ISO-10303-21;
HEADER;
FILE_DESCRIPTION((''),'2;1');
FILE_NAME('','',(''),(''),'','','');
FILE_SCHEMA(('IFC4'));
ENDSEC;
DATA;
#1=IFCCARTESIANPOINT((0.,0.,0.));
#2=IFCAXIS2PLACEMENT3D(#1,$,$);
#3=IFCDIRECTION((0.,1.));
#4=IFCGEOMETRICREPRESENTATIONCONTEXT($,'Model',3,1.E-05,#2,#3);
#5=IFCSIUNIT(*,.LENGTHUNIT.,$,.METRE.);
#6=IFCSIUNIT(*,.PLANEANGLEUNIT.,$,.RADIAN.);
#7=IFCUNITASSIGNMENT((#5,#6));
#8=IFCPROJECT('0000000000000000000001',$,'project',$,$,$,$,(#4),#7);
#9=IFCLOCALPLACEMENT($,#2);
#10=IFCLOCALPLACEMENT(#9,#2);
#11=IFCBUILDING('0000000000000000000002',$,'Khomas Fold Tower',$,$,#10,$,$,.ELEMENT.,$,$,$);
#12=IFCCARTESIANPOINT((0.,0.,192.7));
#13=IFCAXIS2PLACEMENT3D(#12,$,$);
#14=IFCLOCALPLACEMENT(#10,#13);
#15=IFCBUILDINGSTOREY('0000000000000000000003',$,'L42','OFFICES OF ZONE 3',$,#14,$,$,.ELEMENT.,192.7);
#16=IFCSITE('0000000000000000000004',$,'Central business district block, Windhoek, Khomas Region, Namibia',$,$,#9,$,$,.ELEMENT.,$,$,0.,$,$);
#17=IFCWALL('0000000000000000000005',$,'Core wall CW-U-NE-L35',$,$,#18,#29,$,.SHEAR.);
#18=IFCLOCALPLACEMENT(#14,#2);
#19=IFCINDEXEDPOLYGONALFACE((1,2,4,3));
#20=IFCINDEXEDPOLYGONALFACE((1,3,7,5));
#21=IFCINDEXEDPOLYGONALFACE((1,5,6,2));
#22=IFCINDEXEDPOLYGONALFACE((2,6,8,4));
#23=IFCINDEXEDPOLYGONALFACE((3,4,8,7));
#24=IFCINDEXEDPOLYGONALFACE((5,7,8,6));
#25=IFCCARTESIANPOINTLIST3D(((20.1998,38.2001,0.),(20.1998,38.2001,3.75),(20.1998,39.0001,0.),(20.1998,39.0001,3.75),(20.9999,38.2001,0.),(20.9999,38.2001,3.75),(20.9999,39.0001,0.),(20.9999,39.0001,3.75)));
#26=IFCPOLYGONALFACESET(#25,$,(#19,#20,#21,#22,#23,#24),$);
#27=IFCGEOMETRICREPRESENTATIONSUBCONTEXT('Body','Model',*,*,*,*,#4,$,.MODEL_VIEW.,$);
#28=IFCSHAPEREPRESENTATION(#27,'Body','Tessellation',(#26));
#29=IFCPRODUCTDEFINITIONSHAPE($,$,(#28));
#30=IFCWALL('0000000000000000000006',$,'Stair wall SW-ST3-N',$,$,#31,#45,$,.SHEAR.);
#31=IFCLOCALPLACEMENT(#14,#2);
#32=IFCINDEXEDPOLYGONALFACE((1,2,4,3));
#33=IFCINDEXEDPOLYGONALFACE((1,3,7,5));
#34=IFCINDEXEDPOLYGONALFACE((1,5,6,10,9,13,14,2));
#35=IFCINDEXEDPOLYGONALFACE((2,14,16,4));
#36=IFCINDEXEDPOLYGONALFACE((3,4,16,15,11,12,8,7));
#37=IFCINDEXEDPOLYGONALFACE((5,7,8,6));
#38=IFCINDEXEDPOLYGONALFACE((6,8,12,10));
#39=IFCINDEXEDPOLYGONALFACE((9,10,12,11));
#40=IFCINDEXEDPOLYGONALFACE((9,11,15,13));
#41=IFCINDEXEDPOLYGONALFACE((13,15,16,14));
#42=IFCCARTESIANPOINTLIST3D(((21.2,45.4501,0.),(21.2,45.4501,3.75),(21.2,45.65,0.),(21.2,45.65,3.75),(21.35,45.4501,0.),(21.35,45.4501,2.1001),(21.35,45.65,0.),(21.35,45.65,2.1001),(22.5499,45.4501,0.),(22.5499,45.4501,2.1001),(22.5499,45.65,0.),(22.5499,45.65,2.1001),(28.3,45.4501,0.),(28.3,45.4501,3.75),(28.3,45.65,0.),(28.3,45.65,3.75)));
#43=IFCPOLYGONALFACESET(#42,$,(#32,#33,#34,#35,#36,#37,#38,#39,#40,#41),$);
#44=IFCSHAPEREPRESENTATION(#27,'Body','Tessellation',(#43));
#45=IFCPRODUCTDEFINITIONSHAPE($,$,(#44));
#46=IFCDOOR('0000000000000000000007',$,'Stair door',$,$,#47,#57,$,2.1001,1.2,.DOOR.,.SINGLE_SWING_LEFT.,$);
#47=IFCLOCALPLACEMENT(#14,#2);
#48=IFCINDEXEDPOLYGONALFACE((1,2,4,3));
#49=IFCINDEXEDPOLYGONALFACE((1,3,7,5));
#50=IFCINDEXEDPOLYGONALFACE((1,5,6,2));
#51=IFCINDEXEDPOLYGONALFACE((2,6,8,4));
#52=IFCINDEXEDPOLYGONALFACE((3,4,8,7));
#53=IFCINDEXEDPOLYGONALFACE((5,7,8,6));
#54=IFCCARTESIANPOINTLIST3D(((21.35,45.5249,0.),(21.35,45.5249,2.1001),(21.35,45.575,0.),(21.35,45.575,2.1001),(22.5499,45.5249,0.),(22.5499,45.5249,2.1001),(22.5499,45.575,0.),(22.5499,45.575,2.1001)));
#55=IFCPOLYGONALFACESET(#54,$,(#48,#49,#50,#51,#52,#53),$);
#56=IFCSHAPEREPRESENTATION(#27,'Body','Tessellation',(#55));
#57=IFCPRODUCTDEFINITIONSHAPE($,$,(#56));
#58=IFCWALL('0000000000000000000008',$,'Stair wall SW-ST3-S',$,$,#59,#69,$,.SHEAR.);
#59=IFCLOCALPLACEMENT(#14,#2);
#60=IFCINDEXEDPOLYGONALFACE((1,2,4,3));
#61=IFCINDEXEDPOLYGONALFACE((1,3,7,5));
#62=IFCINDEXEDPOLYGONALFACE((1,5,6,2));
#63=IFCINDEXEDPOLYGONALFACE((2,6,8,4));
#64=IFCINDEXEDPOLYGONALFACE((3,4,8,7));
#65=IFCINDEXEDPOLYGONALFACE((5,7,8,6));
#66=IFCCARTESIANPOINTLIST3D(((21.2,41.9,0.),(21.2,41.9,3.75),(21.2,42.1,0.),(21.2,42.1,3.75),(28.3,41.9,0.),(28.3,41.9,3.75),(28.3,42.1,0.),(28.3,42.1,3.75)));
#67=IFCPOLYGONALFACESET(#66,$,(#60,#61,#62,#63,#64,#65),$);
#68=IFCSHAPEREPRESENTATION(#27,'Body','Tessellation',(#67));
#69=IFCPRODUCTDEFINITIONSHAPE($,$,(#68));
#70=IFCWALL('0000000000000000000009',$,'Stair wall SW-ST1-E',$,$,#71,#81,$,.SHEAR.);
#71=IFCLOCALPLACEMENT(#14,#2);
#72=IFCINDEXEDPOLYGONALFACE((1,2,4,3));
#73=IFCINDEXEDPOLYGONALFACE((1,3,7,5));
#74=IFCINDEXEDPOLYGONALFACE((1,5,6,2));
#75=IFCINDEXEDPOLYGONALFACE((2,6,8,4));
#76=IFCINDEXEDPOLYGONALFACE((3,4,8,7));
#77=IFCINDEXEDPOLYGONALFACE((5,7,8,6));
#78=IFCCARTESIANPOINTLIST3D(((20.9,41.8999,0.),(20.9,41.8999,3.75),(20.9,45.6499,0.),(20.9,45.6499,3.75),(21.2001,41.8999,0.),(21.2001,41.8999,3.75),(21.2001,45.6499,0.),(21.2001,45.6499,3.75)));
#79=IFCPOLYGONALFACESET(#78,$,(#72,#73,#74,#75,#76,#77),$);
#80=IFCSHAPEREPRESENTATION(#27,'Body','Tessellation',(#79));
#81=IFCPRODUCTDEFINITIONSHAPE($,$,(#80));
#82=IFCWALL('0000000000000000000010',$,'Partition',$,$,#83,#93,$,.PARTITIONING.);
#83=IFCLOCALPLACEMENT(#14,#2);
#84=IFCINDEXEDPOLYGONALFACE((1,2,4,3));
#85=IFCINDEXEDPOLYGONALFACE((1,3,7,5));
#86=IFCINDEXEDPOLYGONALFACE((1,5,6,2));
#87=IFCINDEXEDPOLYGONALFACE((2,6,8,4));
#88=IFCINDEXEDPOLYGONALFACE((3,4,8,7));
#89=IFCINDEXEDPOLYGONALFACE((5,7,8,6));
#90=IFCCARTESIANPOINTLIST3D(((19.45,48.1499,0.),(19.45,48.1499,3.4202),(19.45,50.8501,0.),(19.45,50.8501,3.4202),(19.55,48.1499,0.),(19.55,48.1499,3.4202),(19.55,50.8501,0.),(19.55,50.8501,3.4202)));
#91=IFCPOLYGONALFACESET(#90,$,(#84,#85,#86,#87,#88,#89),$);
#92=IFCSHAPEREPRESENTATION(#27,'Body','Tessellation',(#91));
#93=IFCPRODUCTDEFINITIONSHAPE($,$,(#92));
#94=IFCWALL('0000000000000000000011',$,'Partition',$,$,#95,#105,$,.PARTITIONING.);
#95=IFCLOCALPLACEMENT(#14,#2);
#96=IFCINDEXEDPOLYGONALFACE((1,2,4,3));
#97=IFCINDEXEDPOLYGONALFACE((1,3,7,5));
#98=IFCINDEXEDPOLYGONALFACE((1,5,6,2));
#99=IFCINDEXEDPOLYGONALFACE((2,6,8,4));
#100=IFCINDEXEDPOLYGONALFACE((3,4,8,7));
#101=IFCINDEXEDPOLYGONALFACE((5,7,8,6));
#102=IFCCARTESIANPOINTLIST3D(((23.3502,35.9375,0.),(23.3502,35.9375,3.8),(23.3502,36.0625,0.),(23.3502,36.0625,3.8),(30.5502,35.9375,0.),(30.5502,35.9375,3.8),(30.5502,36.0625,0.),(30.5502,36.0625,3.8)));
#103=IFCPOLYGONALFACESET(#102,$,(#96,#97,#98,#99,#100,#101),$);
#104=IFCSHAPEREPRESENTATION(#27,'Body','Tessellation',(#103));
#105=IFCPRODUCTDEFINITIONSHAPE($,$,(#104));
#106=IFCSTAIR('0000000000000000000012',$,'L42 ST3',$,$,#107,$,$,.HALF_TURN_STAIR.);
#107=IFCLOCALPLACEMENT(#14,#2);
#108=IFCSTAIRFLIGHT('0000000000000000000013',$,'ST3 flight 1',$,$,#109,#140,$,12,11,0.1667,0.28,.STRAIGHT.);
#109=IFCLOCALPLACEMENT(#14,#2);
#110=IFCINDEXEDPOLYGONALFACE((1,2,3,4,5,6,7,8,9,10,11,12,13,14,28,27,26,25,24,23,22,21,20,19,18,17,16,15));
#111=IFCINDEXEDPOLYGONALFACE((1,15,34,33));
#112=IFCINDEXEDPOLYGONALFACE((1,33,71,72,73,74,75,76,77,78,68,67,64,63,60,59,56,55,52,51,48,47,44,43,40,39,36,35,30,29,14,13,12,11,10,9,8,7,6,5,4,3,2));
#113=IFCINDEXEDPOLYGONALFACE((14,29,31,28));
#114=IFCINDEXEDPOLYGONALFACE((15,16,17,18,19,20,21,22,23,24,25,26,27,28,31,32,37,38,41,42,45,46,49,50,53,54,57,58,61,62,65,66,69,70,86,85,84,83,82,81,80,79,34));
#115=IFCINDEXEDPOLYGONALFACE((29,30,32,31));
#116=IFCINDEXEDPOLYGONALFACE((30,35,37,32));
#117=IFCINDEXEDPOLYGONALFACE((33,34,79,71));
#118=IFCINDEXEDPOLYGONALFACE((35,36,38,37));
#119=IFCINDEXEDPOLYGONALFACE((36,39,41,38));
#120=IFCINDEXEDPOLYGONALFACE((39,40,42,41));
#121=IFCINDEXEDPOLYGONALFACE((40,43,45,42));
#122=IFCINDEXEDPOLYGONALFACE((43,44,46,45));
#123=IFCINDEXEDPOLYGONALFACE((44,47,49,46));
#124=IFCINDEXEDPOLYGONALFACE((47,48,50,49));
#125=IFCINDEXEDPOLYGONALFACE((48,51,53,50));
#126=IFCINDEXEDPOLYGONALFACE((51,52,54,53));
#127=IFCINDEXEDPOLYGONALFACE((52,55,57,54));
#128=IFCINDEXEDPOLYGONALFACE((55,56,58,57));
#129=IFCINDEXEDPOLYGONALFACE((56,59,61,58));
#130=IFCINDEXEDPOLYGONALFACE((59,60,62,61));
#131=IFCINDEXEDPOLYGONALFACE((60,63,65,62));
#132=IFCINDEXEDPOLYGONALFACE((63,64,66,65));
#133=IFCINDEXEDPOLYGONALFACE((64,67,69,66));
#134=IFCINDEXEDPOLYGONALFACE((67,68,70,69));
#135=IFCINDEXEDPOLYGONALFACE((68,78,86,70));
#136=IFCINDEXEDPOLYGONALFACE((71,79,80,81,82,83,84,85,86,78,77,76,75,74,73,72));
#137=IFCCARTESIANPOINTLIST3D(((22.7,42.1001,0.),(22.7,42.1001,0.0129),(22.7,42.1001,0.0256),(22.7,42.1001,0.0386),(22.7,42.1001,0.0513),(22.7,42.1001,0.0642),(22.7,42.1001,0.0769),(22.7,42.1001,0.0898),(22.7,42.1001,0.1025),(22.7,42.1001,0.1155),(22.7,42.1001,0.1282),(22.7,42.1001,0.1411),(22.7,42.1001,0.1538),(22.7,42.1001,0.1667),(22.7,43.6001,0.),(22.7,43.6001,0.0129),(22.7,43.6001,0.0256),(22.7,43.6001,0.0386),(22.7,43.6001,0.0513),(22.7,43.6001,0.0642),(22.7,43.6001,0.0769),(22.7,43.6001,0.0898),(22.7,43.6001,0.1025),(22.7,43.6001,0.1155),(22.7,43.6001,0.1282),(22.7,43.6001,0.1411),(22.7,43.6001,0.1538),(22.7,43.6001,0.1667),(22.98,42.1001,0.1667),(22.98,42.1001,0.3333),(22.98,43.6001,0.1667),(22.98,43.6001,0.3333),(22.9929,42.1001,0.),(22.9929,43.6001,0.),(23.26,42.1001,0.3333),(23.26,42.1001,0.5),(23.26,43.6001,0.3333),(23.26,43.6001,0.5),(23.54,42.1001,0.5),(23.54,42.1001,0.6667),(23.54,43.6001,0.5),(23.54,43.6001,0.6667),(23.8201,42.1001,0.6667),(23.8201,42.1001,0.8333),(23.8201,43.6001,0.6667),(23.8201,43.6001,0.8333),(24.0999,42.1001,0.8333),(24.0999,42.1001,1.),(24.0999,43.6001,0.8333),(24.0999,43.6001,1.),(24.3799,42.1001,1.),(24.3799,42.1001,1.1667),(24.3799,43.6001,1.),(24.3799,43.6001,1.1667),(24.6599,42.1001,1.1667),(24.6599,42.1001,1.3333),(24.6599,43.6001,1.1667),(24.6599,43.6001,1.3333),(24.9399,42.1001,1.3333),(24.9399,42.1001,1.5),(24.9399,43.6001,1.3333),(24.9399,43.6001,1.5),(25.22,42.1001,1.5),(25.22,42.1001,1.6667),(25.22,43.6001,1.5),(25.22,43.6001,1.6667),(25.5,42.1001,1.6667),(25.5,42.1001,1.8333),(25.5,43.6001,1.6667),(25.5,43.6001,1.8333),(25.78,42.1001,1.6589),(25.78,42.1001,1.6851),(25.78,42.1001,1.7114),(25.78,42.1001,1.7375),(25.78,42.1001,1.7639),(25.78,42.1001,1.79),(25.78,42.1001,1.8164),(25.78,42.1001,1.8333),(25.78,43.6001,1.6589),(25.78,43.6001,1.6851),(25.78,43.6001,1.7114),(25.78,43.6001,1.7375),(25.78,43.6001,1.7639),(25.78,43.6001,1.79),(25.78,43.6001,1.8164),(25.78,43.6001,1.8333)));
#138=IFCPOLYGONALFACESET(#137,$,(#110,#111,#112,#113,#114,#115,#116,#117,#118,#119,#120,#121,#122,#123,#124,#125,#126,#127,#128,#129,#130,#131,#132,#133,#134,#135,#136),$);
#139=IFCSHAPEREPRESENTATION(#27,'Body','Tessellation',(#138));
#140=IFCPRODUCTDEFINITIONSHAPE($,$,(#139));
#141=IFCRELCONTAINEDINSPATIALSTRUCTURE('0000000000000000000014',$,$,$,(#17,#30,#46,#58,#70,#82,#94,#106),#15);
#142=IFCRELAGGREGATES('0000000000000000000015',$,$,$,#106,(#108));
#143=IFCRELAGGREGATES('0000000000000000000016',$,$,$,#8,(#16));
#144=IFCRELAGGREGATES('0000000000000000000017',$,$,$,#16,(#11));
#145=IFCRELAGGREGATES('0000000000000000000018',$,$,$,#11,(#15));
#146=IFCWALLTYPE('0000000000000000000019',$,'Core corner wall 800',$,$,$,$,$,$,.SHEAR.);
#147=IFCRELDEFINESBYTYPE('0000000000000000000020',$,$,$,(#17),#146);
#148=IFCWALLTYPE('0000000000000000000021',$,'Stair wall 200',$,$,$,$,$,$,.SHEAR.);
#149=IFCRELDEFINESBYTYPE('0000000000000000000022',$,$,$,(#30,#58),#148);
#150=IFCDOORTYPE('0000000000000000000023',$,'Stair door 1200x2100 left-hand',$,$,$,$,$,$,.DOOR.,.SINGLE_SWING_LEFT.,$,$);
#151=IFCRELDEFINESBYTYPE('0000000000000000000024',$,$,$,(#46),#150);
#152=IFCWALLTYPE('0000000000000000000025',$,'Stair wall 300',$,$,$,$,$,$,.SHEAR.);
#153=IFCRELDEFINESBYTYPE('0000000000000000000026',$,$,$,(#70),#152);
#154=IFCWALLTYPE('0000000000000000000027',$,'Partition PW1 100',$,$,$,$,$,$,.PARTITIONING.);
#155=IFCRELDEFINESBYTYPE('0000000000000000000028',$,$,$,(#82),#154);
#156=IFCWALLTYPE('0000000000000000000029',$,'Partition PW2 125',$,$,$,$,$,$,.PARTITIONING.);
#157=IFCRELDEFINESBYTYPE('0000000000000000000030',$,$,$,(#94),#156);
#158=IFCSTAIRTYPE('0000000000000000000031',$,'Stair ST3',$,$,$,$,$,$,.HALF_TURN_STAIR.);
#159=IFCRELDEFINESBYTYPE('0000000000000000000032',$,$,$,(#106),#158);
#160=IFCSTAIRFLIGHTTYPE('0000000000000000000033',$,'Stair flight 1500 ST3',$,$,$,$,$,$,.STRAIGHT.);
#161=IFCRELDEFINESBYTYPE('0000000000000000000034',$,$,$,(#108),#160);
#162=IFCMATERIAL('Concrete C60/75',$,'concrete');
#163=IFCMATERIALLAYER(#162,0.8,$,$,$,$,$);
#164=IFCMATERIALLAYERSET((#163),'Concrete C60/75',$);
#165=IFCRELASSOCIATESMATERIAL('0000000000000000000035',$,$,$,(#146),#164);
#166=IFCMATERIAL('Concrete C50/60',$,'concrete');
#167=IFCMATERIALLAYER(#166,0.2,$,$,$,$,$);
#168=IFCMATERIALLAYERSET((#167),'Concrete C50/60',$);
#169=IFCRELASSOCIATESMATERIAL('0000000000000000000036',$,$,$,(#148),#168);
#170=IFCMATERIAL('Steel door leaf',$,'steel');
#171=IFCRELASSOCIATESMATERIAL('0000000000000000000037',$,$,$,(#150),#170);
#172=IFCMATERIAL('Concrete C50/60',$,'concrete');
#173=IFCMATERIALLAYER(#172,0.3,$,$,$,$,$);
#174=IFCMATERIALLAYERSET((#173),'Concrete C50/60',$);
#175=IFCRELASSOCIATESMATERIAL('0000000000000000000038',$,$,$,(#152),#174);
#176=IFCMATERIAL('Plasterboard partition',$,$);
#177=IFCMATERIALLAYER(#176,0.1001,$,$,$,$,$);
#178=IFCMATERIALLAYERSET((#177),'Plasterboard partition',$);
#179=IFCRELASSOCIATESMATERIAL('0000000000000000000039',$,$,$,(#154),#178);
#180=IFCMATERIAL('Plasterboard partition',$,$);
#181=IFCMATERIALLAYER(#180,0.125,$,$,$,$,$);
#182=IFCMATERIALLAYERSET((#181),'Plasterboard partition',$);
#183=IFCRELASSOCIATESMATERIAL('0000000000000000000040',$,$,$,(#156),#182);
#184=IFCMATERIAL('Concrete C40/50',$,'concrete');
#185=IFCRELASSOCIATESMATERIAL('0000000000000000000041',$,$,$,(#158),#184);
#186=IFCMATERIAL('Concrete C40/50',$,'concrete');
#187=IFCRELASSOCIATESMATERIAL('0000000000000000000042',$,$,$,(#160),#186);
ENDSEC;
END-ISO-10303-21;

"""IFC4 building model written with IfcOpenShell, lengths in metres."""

from ifc_helpers import new_model, si_unit, direction, frame, frame_2d, origin, place, context, subcontext, project, spatial, polyline, rectangle, outline, extrude, source, transform, mapped, material, layer, layer_set, type_object, element, fill, aggregate, save


model = new_model("IFC4")

# Units and contexts
model_context = context("Model", 3, precision=1e-05, world=origin(), true_north=direction((0.0, 1.0)))
body_context = subcontext(model_context, "Body", "Model", "MODEL_VIEW")
ifc_project = project(units=[si_unit("LENGTHUNIT", "METRE"), si_unit("PLANEANGLEUNIT", "RADIAN")], contexts=[model_context])

# Site, building, storey
site_placement = place(None, origin())
site = spatial("IfcSite", under=ifc_project, at=site_placement, Name="Central business district block, Windhoek, Khomas Region, Namibia", CompositionType="ELEMENT", RefElevation=0.0)
building_placement = place(site_placement, origin())
building = spatial("IfcBuilding", under=site, at=building_placement, Name="Khomas Fold Tower", CompositionType="ELEMENT")
storey_placement = place(building_placement, frame((0.0, 0.0, 192.7)))
storey = spatial("IfcBuildingStorey", under=building, at=storey_placement, Name="L42", Description="OFFICES OF ZONE 3", CompositionType="ELEMENT", Elevation=192.7)

# Wall
ifc_material_1 = material(Name="Concrete C60/75", Category="concrete")
ifc_layer_1 = layer(ifc_material_1, 0.8)
ifc_layer_set_1 = layer_set([ifc_layer_1], Name="Concrete C60/75")
wall_type_1 = type_object("IfcWallType", Name="Core corner wall 800", PredefinedType="SHEAR", material=ifc_layer_set_1)
shared_shape_1 = source(origin(), body_context, "Body", "SweptSolid", [
    extrude(rectangle(XDim=0.8, YDim=0.8, at=frame_2d((0.3999, 0.0))), origin(), (0.0, 0.0, 1.0), 3.75),
])
wall_1_placement = place(storey_placement, frame((20.2, 38.6001, 0.0), z_axis=(0.0, 0.0, 1.0), x_axis=(1.0, 0.0, 0.0)))
element("IfcWall", 1, at=wall_1_placement, inside=storey, type_object=wall_type_1, Name="Core wall CW-U-NE-L35", PredefinedType="SHEAR", context=body_context, shape_type="MappedRepresentation", body=[
    mapped(shared_shape_1, transform((0.0, 0.0, 0.0))),
])

# Wall, opening, door
ifc_material_2 = material(Name="Concrete C50/60", Category="concrete")
ifc_layer_2 = layer(ifc_material_2, 0.2)
ifc_layer_set_2 = layer_set([ifc_layer_2], Name="Concrete C50/60")
wall_type_2 = type_object("IfcWallType", Name="Stair wall 200", PredefinedType="SHEAR", material=ifc_layer_set_2)
shared_shape_2 = source(origin(), body_context, "Body", "SweptSolid", [
    extrude(rectangle(XDim=7.1001, YDim=0.2, at=frame_2d((3.55, 0.0))), origin(), (0.0, 0.0, 1.0), 3.75),
])
wall_2_placement = place(storey_placement, frame((21.2, 45.55, 0.0), z_axis=(0.0, 0.0, 1.0), x_axis=(1.0, 0.0, 0.0)))
wall_2 = element("IfcWall", 2, at=wall_2_placement, inside=storey, type_object=wall_type_2, Name="Stair wall SW-ST3-N", PredefinedType="SHEAR", context=body_context, shape_type="MappedRepresentation", body=[
    mapped(shared_shape_2, transform((0.0, 0.0, 0.0))),
])
shared_shape_3 = source(origin(), body_context, "Body", "SweptSolid", [
    extrude(rectangle(XDim=1.2, YDim=2.1001, at=frame_2d((0.6001, 1.05))), frame((0.0, 0.1099, 0.0), z_axis=(0.0, -1.0, 0.0), x_axis=(1.0, 0.0, 0.0)), (0.0, 0.0, 1.0), 0.22),
])
opening_placement = place(wall_2_placement, frame((0.1499, 0.0, 0.0)))
opening = element("IfcOpeningElement", 3, at=opening_placement, cuts=wall_2, PredefinedType="OPENING", context=body_context, shape_type="MappedRepresentation", body=[
    mapped(shared_shape_3, transform((0.0, 0.0, 0.0))),
])
ifc_material_3 = material(Name="Steel door leaf", Category="steel")
door_type = type_object("IfcDoorType", Name="Stair door 1200x2100 left-hand", OperationType="SINGLE_SWING_LEFT", PredefinedType="DOOR", material=ifc_material_3)
shared_shape_4 = source(origin(), body_context, "Body", "SweptSolid", [
    extrude(rectangle(XDim=1.2, YDim=2.1001, at=frame_2d((0.6001, 1.05))), frame((0.0, 0.0249, 0.0), z_axis=(0.0, -1.0, 0.0), x_axis=(1.0, 0.0, 0.0)), (0.0, 0.0, 1.0), 0.05),
])
door_placement = place(opening_placement, origin())
door = element("IfcDoor", 4, at=door_placement, inside=storey, type_object=door_type, Name="Stair door", OperationType="SINGLE_SWING_LEFT", OverallHeight=2.1001, OverallWidth=1.2, PredefinedType="DOOR", context=body_context, shape_type="MappedRepresentation", body=[
    mapped(shared_shape_4, transform((0.0, 0.0, 0.0))),
])
fill(opening, door)

# Walls
wall_3_placement = place(storey_placement, frame((21.2, 42.0, 0.0), z_axis=(0.0, 0.0, 1.0), x_axis=(1.0, 0.0, 0.0)))
element("IfcWall", 5, at=wall_3_placement, inside=storey, type_object=wall_type_2, Name="Stair wall SW-ST3-S", PredefinedType="SHEAR", context=body_context, shape_type="MappedRepresentation", body=[
    mapped(shared_shape_2, transform((0.0, 0.0, 0.0))),
])
ifc_material_4 = material(Name="Concrete C50/60", Category="concrete")
ifc_layer_3 = layer(ifc_material_4, 0.3)
ifc_layer_set_3 = layer_set([ifc_layer_3], Name="Concrete C50/60")
wall_type_3 = type_object("IfcWallType", Name="Stair wall 300", PredefinedType="SHEAR", material=ifc_layer_set_3)
shared_shape_5 = source(origin(), body_context, "Body", "SweptSolid", [
    extrude(rectangle(XDim=3.75, YDim=0.3, at=frame_2d((1.875, 0.0))), origin(), (0.0, 0.0, 1.0), 3.75),
])
wall_4_placement = place(storey_placement, frame((21.05, 41.8999, 0.0), z_axis=(0.0, 0.0, 1.0), x_axis=(0.0, 1.0, 0.0)))
element("IfcWall", 6, at=wall_4_placement, inside=storey, type_object=wall_type_3, Name="Stair wall SW-ST1-E", PredefinedType="SHEAR", context=body_context, shape_type="MappedRepresentation", body=[
    mapped(shared_shape_5, transform((0.0, 0.0, 0.0))),
])
ifc_material_5 = material(Name="Plasterboard partition")
ifc_layer_4 = layer(ifc_material_5, 0.1001)
ifc_layer_set_4 = layer_set([ifc_layer_4], Name="Plasterboard partition")
wall_type_4 = type_object("IfcWallType", Name="Partition PW1 100", PredefinedType="PARTITIONING", material=ifc_layer_set_4)
shared_shape_6 = source(origin(), body_context, "Body", "SweptSolid", [
    extrude(rectangle(XDim=2.7002, YDim=0.1001, at=frame_2d((1.3501, 0.0))), origin(), (0.0, 0.0, 1.0), 3.4202),
])
wall_5_placement = place(storey_placement, frame((19.5, 48.1499, 0.0), z_axis=(0.0, 0.0, 1.0), x_axis=(0.0, 1.0, 0.0)))
element("IfcWall", 7, at=wall_5_placement, inside=storey, type_object=wall_type_4, Name="Partition", PredefinedType="PARTITIONING", context=body_context, shape_type="MappedRepresentation", body=[
    mapped(shared_shape_6, transform((0.0, 0.0, 0.0))),
])
ifc_material_6 = material(Name="Plasterboard partition")
ifc_layer_5 = layer(ifc_material_6, 0.125)
ifc_layer_set_5 = layer_set([ifc_layer_5], Name="Plasterboard partition")
wall_type_5 = type_object("IfcWallType", Name="Partition PW2 125", PredefinedType="PARTITIONING", material=ifc_layer_set_5)
shared_shape_7 = source(origin(), body_context, "Body", "SweptSolid", [
    extrude(rectangle(XDim=7.2, YDim=0.125, at=frame_2d((3.6001, 0.0))), origin(), (0.0, 0.0, 1.0), 3.8),
])
wall_6_placement = place(storey_placement, frame((23.3501, 36.0, 0.0), z_axis=(0.0, 0.0, 1.0), x_axis=(1.0, 0.0, 0.0)))
element("IfcWall", 8, at=wall_6_placement, inside=storey, type_object=wall_type_5, Name="Partition", PredefinedType="PARTITIONING", context=body_context, shape_type="MappedRepresentation", body=[
    mapped(shared_shape_7, transform((0.0, 0.0, 0.0))),
])

# Stair, stair flight
ifc_material_7 = material(Name="Concrete C40/50", Category="concrete")
stair_type = type_object("IfcStairType", Name="Stair ST3", PredefinedType="HALF_TURN_STAIR", material=ifc_material_7)
stair_placement = place(storey_placement, origin())
stair = element("IfcStair", 9, at=stair_placement, inside=storey, type_object=stair_type, Name="L42 ST3", PredefinedType="HALF_TURN_STAIR")
ifc_material_8 = material(Name="Concrete C40/50", Category="concrete")
stair_flight_type = type_object("IfcStairFlightType", Name="Stair flight 1500 ST3", PredefinedType="STRAIGHT", material=ifc_material_8)
shared_shape_8 = source(origin(), body_context, "Body", "SweptSolid", [
    extrude(outline(polyline([(0.0, 0.0), (0.0, 0.0129), (0.0, 0.0256), (0.0, 0.0386), (0.0, 0.0513), (0.0, 0.0642), (0.0, 0.0769), (0.0, 0.0898), (0.0, 0.1025), (0.0, 0.1155), (0.0, 0.1282), (0.0, 0.1411), (0.0, 0.1538), (0.0, 0.1667), (0.28, 0.1667), (0.28, 0.3333), (0.5601, 0.3333), (0.5601, 0.5), (0.8401, 0.5), (0.8401, 0.6667), (1.1201, 0.6667), (1.1201, 0.8333), (1.3999, 0.8333), (1.3999, 1.0), (1.6799, 1.0), (1.6799, 1.1667), (1.96, 1.1667), (1.96, 1.3333), (2.24, 1.3333), (2.24, 1.5), (2.52, 1.5), (2.52, 1.6667), (2.8, 1.6667), (2.8, 1.8333), (3.0801, 1.8333), (3.0801, 2.0), (3.0801, 1.9739), (3.0801, 1.9475), (3.0801, 1.9214), (3.0801, 1.895), (3.0801, 1.8689), (3.0801, 1.8425), (3.0801, 1.8164), (3.0801, 1.79), (3.0801, 1.7639), (3.0801, 1.7375), (3.0801, 1.7114), (3.0801, 1.6851), (3.0801, 1.6589), (0.293, 0.0), (0.0, 0.0)])), frame((0.0, 0.75, 0.0), z_axis=(0.0, -1.0, 0.0), x_axis=(1.0, 0.0, 0.0)), (0.0, 0.0, 1.0), 1.5),
])
stair_flight_1_placement = place(storey_placement, frame((22.7, 42.8501, 0.0), z_axis=(0.0, 0.0, 1.0), x_axis=(1.0, 0.0, 0.0)))
stair_flight_1 = element("IfcStairFlight", 10, at=stair_flight_1_placement, type_object=stair_flight_type, Name="ST3 flight 1", NumberOfRisers=12, NumberOfTreads=11, PredefinedType="STRAIGHT", RiserHeight=0.1667, TreadLength=0.28, context=body_context, shape_type="MappedRepresentation", body=[
    mapped(shared_shape_8, transform((0.0, 0.0, 0.0))),
])
aggregate(stair, [stair_flight_1])

save(model, "model.ifc")
